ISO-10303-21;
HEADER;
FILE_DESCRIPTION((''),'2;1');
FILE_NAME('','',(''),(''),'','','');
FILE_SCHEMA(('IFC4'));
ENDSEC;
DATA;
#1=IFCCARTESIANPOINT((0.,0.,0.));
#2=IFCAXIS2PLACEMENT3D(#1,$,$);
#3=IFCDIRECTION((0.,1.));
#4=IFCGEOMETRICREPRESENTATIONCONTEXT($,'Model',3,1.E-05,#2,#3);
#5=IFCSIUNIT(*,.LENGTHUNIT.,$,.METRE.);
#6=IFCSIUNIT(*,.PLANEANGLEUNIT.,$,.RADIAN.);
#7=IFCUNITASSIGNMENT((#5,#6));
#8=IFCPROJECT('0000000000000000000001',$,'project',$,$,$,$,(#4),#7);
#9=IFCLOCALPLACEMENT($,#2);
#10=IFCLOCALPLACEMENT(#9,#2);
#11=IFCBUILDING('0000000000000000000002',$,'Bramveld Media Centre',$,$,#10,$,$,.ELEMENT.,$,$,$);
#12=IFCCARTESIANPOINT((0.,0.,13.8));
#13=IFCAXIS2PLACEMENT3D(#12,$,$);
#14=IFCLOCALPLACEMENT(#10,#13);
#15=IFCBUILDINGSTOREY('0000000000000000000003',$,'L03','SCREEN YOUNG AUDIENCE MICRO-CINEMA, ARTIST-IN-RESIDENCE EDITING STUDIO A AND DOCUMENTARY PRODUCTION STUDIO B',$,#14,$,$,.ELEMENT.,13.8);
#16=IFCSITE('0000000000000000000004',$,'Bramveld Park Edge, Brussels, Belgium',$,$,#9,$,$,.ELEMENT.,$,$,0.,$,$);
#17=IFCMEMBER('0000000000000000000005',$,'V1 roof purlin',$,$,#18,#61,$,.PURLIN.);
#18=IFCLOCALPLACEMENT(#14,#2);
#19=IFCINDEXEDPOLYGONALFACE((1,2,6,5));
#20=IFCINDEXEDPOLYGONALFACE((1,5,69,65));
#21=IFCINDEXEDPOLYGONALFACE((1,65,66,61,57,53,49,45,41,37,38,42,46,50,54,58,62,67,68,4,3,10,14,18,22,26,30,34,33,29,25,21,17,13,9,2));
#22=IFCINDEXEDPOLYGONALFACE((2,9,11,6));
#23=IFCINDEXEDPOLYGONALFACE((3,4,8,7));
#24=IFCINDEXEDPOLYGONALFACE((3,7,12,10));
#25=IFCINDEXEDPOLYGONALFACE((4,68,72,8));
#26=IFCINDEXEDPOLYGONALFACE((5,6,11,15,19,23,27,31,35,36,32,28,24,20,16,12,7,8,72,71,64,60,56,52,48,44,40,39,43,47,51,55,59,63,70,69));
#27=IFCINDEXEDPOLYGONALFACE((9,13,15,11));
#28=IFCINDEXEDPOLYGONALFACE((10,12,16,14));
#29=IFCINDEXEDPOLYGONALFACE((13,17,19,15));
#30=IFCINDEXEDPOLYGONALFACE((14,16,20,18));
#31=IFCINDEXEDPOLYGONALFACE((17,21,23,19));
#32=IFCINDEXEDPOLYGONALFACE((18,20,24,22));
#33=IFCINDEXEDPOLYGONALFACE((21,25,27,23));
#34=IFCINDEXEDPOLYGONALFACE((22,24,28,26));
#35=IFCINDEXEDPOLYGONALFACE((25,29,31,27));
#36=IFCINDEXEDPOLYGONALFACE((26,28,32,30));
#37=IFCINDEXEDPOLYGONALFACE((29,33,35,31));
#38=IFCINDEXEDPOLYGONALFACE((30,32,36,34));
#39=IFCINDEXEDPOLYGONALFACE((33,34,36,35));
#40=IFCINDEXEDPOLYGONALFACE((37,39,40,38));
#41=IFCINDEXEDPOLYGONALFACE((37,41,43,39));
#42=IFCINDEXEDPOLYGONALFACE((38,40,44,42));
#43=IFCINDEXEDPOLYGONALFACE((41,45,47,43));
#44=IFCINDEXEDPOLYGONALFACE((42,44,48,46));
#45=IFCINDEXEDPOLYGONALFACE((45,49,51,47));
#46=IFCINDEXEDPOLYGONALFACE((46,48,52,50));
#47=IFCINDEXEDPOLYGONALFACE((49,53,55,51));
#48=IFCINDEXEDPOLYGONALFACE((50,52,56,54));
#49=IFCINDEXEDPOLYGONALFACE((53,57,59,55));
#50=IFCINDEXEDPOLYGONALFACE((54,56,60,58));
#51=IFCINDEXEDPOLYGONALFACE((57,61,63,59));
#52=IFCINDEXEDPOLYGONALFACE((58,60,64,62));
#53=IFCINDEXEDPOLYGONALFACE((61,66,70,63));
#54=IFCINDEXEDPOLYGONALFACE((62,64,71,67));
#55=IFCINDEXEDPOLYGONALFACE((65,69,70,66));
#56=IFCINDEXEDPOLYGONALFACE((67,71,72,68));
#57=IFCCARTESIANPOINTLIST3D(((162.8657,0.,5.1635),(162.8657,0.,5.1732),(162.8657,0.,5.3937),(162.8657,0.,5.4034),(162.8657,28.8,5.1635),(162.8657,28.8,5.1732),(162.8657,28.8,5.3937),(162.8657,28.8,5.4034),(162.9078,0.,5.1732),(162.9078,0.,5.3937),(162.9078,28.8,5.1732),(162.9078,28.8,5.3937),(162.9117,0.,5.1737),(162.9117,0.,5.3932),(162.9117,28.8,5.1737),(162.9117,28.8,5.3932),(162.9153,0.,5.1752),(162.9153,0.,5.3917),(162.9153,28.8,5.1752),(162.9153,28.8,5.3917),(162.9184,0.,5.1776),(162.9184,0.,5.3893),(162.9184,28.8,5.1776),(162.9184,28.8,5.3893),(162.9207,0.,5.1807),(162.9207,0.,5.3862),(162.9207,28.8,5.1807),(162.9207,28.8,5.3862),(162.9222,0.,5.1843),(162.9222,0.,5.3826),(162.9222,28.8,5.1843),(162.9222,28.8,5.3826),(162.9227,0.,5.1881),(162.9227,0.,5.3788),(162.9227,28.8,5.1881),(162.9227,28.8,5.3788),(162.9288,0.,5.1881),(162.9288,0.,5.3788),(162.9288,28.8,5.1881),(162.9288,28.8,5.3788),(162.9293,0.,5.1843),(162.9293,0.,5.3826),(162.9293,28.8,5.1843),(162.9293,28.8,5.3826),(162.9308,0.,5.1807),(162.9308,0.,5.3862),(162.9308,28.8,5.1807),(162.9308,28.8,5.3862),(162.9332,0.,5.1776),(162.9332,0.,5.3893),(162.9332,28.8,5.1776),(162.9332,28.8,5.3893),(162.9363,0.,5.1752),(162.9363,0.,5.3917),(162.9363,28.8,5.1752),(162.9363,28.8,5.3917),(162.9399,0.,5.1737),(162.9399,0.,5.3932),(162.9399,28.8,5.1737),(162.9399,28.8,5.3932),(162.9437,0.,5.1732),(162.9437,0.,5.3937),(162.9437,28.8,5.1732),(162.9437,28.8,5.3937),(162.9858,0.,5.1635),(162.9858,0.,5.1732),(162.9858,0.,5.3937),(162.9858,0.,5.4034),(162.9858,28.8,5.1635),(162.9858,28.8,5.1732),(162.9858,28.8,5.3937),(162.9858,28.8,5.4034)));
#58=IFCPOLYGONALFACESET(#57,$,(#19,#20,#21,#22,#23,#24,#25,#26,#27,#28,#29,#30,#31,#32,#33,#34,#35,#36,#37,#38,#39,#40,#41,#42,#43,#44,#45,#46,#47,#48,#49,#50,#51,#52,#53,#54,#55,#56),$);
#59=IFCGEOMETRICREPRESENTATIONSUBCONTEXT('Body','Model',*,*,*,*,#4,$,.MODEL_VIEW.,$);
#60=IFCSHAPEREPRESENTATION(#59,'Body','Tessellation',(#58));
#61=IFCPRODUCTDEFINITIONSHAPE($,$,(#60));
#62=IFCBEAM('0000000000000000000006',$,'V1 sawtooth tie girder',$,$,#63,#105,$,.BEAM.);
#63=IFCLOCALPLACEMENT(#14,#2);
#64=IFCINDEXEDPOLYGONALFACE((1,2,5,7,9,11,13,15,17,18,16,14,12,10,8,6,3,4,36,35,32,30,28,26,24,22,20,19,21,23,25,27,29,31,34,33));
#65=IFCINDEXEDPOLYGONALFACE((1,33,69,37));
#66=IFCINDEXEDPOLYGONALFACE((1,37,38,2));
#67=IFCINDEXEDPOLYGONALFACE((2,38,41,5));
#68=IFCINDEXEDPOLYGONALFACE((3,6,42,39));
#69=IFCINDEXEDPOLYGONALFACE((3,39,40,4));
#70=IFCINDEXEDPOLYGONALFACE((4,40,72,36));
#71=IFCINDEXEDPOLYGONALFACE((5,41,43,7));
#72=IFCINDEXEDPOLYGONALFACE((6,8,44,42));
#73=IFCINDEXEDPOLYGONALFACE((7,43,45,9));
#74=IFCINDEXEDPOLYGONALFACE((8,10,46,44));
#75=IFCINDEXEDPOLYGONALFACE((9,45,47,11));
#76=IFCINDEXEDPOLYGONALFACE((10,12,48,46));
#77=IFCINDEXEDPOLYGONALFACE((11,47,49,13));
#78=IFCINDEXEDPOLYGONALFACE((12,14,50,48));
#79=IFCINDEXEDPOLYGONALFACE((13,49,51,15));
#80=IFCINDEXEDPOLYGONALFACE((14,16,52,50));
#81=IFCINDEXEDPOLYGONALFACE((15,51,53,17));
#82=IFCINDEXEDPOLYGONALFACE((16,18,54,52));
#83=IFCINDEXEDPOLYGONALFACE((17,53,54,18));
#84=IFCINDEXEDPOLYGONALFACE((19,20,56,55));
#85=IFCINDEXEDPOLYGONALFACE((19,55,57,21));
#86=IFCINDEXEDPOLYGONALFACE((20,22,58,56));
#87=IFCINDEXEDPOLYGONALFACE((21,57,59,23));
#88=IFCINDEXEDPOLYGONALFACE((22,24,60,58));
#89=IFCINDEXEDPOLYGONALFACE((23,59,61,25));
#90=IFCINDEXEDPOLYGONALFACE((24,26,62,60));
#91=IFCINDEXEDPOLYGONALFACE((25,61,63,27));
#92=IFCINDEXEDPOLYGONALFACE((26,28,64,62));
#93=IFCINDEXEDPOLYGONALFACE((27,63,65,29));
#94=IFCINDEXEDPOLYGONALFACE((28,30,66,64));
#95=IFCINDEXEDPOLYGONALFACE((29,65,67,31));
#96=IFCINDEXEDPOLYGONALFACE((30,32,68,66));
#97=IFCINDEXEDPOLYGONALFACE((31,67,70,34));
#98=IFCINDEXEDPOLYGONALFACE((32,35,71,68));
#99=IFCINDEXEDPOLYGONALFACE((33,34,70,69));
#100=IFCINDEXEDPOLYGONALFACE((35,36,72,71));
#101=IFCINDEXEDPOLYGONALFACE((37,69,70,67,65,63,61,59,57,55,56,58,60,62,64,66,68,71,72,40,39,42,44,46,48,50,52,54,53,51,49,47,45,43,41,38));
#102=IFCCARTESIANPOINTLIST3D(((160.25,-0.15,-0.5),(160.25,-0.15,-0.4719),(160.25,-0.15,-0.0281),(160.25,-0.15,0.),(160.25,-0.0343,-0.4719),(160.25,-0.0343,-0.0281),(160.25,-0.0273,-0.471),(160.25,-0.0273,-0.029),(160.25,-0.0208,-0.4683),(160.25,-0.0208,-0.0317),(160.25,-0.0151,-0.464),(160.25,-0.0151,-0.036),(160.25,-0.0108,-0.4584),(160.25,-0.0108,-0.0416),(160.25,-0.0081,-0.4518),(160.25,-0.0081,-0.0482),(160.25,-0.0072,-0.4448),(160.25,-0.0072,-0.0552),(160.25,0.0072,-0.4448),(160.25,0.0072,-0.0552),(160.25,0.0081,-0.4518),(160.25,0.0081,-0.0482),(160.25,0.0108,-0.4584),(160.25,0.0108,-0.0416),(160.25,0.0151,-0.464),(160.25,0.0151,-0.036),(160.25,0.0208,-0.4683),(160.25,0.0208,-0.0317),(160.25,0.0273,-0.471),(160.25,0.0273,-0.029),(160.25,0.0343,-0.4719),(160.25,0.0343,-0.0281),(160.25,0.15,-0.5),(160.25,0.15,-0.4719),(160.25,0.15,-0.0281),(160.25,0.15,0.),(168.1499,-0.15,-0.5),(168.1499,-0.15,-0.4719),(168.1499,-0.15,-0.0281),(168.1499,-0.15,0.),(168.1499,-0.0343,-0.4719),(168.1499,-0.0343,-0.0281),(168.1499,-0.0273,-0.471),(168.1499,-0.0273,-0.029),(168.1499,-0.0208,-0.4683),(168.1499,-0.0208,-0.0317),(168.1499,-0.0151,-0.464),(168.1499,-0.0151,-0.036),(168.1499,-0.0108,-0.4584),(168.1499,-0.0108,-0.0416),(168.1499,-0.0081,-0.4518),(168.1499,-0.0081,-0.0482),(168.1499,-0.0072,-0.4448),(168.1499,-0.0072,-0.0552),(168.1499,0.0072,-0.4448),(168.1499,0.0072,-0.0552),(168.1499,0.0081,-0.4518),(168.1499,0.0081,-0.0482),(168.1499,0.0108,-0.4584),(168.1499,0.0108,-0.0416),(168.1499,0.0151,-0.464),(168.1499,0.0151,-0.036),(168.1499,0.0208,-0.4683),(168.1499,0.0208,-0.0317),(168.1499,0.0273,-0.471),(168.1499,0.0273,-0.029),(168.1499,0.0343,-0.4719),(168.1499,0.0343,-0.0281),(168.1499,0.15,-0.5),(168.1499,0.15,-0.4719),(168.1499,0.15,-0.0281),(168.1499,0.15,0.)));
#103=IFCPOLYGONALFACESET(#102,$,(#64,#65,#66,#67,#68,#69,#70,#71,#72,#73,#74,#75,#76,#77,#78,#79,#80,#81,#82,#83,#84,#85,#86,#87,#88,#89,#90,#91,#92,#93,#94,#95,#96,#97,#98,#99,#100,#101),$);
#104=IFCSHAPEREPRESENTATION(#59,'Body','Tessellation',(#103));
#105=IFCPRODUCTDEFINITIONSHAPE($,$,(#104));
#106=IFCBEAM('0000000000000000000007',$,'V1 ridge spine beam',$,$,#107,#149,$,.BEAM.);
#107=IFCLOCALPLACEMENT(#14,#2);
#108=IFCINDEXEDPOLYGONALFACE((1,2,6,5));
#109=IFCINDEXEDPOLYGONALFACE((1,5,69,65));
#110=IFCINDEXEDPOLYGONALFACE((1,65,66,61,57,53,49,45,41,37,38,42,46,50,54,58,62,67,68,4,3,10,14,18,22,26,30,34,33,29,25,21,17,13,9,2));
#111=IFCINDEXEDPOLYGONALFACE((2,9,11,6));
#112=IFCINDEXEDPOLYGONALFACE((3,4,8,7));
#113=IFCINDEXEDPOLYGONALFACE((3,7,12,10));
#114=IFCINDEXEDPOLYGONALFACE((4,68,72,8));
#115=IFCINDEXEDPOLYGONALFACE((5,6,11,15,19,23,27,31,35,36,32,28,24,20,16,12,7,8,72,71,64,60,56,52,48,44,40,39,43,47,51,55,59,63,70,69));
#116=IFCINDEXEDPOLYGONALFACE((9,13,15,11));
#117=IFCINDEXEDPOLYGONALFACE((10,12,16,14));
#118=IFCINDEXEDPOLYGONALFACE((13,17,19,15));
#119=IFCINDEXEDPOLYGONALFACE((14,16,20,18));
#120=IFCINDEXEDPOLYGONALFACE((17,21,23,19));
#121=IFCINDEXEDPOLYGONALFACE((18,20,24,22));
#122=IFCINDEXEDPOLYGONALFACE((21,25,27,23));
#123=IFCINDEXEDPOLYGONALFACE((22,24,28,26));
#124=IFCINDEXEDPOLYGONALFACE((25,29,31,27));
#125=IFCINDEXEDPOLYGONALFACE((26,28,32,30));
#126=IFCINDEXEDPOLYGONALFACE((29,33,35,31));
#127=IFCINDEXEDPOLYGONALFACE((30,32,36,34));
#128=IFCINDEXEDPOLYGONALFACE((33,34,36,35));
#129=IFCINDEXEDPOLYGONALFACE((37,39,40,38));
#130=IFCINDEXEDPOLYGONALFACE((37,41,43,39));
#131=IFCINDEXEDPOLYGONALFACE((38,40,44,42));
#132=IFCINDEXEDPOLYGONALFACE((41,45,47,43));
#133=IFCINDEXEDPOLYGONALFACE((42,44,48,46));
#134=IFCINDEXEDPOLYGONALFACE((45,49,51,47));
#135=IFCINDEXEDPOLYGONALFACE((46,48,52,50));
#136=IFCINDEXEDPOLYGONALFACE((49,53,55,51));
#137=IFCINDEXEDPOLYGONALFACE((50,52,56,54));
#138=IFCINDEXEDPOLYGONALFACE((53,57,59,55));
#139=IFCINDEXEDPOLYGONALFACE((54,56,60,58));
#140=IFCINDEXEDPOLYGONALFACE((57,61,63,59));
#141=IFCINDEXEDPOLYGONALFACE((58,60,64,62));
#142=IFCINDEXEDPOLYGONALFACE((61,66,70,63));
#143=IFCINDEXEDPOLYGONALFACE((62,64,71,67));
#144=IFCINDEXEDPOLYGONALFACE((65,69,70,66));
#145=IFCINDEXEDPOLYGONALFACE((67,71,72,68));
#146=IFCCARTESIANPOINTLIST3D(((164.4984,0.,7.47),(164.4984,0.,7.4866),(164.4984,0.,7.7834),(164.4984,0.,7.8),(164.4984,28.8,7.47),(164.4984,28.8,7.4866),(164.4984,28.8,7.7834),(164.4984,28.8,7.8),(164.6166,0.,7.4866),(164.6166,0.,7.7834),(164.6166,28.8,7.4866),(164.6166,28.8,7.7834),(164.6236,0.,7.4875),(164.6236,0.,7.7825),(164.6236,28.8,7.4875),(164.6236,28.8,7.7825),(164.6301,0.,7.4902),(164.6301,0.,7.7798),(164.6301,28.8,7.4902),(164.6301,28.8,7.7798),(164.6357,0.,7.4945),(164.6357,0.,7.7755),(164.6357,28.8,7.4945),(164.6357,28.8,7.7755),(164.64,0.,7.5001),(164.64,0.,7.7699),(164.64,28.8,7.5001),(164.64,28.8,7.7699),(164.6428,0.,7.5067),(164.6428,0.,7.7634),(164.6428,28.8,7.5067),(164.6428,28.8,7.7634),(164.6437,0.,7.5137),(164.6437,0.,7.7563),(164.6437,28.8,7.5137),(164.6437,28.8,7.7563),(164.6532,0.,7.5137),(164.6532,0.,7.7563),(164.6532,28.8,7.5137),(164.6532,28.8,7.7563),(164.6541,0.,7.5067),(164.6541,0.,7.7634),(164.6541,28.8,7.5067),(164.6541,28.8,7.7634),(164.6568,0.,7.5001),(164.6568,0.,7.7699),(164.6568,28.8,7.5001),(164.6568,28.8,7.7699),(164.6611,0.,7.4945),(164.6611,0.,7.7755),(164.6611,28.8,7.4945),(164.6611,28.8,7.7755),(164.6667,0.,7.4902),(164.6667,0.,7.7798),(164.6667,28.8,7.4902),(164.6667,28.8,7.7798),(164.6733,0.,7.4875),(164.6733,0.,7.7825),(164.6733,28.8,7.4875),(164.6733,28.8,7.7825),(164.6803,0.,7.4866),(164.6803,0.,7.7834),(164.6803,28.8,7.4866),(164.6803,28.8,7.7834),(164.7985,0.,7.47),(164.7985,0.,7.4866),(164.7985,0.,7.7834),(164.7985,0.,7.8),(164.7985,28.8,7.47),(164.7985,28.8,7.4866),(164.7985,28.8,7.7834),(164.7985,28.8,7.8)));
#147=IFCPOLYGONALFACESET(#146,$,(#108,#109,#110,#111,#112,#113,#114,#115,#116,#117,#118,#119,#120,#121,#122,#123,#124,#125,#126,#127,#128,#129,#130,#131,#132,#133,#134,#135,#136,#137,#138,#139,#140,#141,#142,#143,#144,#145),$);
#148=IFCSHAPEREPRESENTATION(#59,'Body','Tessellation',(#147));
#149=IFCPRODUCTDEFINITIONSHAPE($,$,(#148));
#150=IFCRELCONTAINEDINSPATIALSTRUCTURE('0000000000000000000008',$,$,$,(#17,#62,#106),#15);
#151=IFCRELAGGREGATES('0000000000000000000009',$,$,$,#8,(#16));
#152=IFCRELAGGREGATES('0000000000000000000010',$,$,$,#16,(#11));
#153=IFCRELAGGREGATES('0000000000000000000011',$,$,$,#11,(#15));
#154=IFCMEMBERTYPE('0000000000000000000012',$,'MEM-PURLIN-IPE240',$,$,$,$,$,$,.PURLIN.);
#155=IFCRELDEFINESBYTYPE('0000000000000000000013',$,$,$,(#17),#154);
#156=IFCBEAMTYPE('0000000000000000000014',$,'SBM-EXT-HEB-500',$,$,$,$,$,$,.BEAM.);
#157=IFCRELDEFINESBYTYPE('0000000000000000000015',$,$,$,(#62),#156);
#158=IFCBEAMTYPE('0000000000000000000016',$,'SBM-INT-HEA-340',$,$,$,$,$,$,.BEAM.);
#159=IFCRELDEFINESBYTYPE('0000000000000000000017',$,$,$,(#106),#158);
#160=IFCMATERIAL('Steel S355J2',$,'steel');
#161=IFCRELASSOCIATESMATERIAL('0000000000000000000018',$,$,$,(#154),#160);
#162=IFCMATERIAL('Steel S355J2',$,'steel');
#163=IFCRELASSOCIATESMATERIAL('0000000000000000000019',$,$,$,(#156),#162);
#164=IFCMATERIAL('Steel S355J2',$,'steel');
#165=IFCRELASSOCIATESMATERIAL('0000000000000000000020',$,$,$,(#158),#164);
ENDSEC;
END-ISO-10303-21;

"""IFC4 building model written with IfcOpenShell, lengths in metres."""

from ifc_helpers import new_model, si_unit, direction, frame, origin, origin_2d, place, context, subcontext, project, spatial, i_section, extrude, material, material_profile, profile_set, type_object, element, save


model = new_model("IFC4")

# Units and contexts
model_context = context("Model", 3, precision=1e-05, world=origin(), true_north=direction((0.0, 1.0)))
body_context = subcontext(model_context, "Body", "Model", "MODEL_VIEW")
ifc_project = project(units=[si_unit("LENGTHUNIT", "METRE"), si_unit("PLANEANGLEUNIT", "RADIAN")], contexts=[model_context])

# Site, building, storey
site_placement = place(None, origin())
site = spatial("IfcSite", under=ifc_project, at=site_placement, Name="Bramveld Park Edge, Brussels, Belgium", CompositionType="ELEMENT", RefElevation=0.0)
building_placement = place(site_placement, origin())
building = spatial("IfcBuilding", under=site, at=building_placement, Name="Bramveld Media Centre", CompositionType="ELEMENT")
storey_placement = place(building_placement, frame((0.0, 0.0, 13.8)))
storey = spatial("IfcBuildingStorey", under=building, at=storey_placement, Name="L03", Description="SCREEN YOUNG AUDIENCE MICRO-CINEMA, ARTIST-IN-RESIDENCE EDITING STUDIO A AND DOCUMENTARY PRODUCTION STUDIO B", CompositionType="ELEMENT", Elevation=13.8)

# Member
ifc_material_1 = material(Name="Steel S355J2", Category="steel")
ifc_material_profile_1 = material_profile(ifc_material_1, i_section(OverallWidth=0.1201, OverallDepth=0.24, WebThickness=0.0061, FlangeThickness=0.0098, FilletRadius=0.0149, at=origin_2d()), Name="IPE 240")
ifc_profile_set_1 = profile_set([ifc_material_profile_1], Name="Steel S355J2")
member_type_1 = type_object("IfcMemberType", Name="MEM-PURLIN-IPE240", PredefinedType="PURLIN", material=ifc_profile_set_1)
member_1_placement = place(storey_placement, frame((162.9258, 0.0, 5.2834), z_axis=(0.0, 1.0, 0.0), x_axis=(-1.0, 0.0, 0.0)))
element("IfcMember", 1, at=member_1_placement, inside=storey, type_object=member_type_1, Name="V1 roof purlin", PredefinedType="PURLIN", context=body_context, shape_type="SweptSolid", body=[
    extrude(i_section(OverallWidth=0.1201, OverallDepth=0.24, WebThickness=0.0061, FlangeThickness=0.0098, FilletRadius=0.0149, at=origin_2d()), origin(), (0.0, 0.0, 1.0), 28.8),
])

# Beams
ifc_material_2 = material(Name="Steel S355J2", Category="steel")
ifc_material_profile_2 = material_profile(ifc_material_2, i_section(OverallWidth=0.3, OverallDepth=0.5, WebThickness=0.0144, FlangeThickness=0.0281, FilletRadius=0.0271, at=origin_2d()), Name="HEB 500")
ifc_profile_set_2 = profile_set([ifc_material_profile_2], Name="Steel S355J2")
beam_type_1 = type_object("IfcBeamType", Name="SBM-EXT-HEB-500", PredefinedType="BEAM", material=ifc_profile_set_2)
beam_1_placement = place(storey_placement, frame((160.25, 0.0, -0.25), z_axis=(1.0, 0.0, 0.0), x_axis=(0.0, 1.0, 0.0)))
element("IfcBeam", 2, at=beam_1_placement, inside=storey, type_object=beam_type_1, Name="V1 sawtooth tie girder", PredefinedType="BEAM", context=body_context, shape_type="SweptSolid", body=[
    extrude(i_section(OverallWidth=0.3, OverallDepth=0.5, WebThickness=0.0144, FlangeThickness=0.0281, FilletRadius=0.0271, at=origin_2d()), origin(), (0.0, 0.0, 1.0), 7.8999),
])
ifc_material_3 = material(Name="Steel S355J2", Category="steel")
ifc_material_profile_3 = material_profile(ifc_material_3, i_section(OverallWidth=0.3, OverallDepth=0.3301, WebThickness=0.0095, FlangeThickness=0.0166, FilletRadius=0.0271, at=origin_2d()), Name="HEA 340")
ifc_profile_set_3 = profile_set([ifc_material_profile_3], Name="Steel S355J2")
beam_type_2 = type_object("IfcBeamType", Name="SBM-INT-HEA-340", PredefinedType="BEAM", material=ifc_profile_set_3)
beam_2_placement = place(storey_placement, frame((164.6484, 0.0, 7.635), z_axis=(0.0, 1.0, 0.0), x_axis=(-1.0, 0.0, 0.0)))
element("IfcBeam", 3, at=beam_2_placement, inside=storey, type_object=beam_type_2, Name="V1 ridge spine beam", PredefinedType="BEAM", context=body_context, shape_type="SweptSolid", body=[
    extrude(i_section(OverallWidth=0.3, OverallDepth=0.3301, WebThickness=0.0095, FlangeThickness=0.0166, FilletRadius=0.0271, at=origin_2d()), origin(), (0.0, 0.0, 1.0), 28.8),
])

save(model, "model.ifc")
